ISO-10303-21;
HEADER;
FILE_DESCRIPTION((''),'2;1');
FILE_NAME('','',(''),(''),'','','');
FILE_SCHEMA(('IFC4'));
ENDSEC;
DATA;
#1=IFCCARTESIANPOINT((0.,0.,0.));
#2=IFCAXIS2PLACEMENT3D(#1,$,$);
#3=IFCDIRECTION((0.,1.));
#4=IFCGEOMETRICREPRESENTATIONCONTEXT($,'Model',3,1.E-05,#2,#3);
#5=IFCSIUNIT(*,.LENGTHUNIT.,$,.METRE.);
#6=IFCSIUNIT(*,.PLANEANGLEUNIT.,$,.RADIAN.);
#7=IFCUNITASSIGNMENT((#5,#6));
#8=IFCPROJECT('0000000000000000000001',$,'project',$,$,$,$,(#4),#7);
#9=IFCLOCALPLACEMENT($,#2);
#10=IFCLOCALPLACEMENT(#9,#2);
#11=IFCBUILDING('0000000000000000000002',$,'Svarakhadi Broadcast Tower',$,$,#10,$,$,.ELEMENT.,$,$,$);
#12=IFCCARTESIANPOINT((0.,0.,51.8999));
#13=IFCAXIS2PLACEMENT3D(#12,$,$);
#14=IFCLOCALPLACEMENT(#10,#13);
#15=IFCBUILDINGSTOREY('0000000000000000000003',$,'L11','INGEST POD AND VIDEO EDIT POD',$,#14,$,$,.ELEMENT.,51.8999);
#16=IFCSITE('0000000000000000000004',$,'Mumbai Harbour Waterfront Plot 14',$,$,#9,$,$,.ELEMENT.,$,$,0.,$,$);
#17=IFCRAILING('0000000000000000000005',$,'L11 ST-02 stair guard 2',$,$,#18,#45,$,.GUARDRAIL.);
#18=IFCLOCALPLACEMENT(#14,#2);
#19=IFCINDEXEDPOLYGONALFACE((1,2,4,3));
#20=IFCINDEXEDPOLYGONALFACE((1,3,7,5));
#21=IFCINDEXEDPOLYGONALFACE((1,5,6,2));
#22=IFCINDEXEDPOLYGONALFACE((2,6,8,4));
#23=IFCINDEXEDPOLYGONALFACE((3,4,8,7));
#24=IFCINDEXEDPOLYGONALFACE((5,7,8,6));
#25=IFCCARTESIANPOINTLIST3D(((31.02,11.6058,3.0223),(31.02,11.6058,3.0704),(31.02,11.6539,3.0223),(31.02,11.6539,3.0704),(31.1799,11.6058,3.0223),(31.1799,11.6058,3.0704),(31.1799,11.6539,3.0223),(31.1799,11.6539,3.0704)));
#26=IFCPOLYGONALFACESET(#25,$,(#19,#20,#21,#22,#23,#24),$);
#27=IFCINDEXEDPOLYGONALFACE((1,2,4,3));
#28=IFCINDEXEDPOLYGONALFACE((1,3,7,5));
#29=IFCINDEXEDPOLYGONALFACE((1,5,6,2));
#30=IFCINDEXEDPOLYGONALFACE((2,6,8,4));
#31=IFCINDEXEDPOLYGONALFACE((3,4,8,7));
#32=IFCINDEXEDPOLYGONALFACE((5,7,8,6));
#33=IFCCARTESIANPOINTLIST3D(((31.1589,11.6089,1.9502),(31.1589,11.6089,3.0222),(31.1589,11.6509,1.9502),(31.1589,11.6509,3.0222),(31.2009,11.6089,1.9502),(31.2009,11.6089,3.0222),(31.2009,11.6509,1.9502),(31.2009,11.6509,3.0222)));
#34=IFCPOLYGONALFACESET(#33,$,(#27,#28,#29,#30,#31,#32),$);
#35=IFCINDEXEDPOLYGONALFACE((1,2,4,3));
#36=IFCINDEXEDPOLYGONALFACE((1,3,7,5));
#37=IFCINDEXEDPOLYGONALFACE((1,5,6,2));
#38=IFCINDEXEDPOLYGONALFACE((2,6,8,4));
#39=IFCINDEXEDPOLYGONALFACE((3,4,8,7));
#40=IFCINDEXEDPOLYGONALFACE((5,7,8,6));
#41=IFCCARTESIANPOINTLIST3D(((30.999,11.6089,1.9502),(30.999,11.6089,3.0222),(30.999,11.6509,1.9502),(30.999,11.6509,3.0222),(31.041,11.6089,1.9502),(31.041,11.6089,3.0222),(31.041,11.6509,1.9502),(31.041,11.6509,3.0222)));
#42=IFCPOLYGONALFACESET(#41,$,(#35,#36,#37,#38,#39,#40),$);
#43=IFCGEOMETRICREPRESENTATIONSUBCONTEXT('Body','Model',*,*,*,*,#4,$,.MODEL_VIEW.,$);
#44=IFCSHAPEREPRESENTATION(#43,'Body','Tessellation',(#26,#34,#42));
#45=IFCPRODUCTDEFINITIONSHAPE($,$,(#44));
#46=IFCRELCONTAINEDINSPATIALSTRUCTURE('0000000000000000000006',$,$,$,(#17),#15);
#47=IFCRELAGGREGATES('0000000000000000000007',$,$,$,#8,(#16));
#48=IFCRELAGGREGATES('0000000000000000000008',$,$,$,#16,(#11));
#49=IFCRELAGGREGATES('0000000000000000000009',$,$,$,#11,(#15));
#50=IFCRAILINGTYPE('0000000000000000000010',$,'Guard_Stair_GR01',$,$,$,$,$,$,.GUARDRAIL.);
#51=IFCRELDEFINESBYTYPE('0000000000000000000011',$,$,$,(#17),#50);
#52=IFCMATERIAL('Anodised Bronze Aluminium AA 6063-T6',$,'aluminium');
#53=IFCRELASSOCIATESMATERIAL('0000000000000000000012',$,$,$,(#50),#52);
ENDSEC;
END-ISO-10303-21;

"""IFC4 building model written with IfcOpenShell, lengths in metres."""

from ifc_helpers import new_model, si_unit, direction, frame, origin, origin_2d, place, context, subcontext, project, spatial, rectangle, extrude, material, type_object, element, save


model = new_model("IFC4")

# Units and contexts
model_context = context("Model", 3, precision=1e-05, world=origin(), true_north=direction((0.0, 1.0)))
body_context = subcontext(model_context, "Body", "Model", "MODEL_VIEW")
ifc_project = project(units=[si_unit("LENGTHUNIT", "METRE"), si_unit("PLANEANGLEUNIT", "RADIAN")], contexts=[model_context])

# Site, building, storey
site_placement = place(None, origin())
site = spatial("IfcSite", under=ifc_project, at=site_placement, Name="Mumbai Harbour Waterfront Plot 14", CompositionType="ELEMENT", RefElevation=0.0)
building_placement = place(site_placement, origin())
building = spatial("IfcBuilding", under=site, at=building_placement, Name="Svarakhadi Broadcast Tower", CompositionType="ELEMENT")
storey_placement = place(building_placement, frame((0.0, 0.0, 51.8999)))
storey = spatial("IfcBuildingStorey", under=building, at=storey_placement, Name="L11", Description="INGEST POD AND VIDEO EDIT POD", CompositionType="ELEMENT", Elevation=51.8999)

# Shared definitions
ifc_material_1 = material(Name="Anodised Bronze Aluminium AA 6063-T6", Category="aluminium")

# Railing
railing_type = type_object("IfcRailingType", Name="Guard_Stair_GR01", PredefinedType="GUARDRAIL", material=ifc_material_1)
railing_placement = place(storey_placement, frame((31.1799, 11.6299, 1.9502)))
element("IfcRailing", 1, at=railing_placement, inside=storey, type_object=railing_type, Name="L11 ST-02 stair guard 2", PredefinedType="GUARDRAIL", context=body_context, shape_type="SweptSolid", body=[
    extrude(rectangle(XDim=0.0481, YDim=0.0481, at=origin_2d()), frame((0.0, 0.0, 1.0962), z_axis=(-1.0, 0.0, 0.0), x_axis=(0.0, -1.0, 0.0)), (0.0, 0.0, 1.0), 0.1599),
    extrude(rectangle(XDim=0.042, YDim=0.042, at=origin_2d()), origin(), (0.0, 0.0, 1.0), 1.072),
    extrude(rectangle(XDim=0.042, YDim=0.042, at=origin_2d()), frame((-0.1599, 0.0, 0.0)), (0.0, 0.0, 1.0), 1.072),
])

save(model, "model.ifc")
